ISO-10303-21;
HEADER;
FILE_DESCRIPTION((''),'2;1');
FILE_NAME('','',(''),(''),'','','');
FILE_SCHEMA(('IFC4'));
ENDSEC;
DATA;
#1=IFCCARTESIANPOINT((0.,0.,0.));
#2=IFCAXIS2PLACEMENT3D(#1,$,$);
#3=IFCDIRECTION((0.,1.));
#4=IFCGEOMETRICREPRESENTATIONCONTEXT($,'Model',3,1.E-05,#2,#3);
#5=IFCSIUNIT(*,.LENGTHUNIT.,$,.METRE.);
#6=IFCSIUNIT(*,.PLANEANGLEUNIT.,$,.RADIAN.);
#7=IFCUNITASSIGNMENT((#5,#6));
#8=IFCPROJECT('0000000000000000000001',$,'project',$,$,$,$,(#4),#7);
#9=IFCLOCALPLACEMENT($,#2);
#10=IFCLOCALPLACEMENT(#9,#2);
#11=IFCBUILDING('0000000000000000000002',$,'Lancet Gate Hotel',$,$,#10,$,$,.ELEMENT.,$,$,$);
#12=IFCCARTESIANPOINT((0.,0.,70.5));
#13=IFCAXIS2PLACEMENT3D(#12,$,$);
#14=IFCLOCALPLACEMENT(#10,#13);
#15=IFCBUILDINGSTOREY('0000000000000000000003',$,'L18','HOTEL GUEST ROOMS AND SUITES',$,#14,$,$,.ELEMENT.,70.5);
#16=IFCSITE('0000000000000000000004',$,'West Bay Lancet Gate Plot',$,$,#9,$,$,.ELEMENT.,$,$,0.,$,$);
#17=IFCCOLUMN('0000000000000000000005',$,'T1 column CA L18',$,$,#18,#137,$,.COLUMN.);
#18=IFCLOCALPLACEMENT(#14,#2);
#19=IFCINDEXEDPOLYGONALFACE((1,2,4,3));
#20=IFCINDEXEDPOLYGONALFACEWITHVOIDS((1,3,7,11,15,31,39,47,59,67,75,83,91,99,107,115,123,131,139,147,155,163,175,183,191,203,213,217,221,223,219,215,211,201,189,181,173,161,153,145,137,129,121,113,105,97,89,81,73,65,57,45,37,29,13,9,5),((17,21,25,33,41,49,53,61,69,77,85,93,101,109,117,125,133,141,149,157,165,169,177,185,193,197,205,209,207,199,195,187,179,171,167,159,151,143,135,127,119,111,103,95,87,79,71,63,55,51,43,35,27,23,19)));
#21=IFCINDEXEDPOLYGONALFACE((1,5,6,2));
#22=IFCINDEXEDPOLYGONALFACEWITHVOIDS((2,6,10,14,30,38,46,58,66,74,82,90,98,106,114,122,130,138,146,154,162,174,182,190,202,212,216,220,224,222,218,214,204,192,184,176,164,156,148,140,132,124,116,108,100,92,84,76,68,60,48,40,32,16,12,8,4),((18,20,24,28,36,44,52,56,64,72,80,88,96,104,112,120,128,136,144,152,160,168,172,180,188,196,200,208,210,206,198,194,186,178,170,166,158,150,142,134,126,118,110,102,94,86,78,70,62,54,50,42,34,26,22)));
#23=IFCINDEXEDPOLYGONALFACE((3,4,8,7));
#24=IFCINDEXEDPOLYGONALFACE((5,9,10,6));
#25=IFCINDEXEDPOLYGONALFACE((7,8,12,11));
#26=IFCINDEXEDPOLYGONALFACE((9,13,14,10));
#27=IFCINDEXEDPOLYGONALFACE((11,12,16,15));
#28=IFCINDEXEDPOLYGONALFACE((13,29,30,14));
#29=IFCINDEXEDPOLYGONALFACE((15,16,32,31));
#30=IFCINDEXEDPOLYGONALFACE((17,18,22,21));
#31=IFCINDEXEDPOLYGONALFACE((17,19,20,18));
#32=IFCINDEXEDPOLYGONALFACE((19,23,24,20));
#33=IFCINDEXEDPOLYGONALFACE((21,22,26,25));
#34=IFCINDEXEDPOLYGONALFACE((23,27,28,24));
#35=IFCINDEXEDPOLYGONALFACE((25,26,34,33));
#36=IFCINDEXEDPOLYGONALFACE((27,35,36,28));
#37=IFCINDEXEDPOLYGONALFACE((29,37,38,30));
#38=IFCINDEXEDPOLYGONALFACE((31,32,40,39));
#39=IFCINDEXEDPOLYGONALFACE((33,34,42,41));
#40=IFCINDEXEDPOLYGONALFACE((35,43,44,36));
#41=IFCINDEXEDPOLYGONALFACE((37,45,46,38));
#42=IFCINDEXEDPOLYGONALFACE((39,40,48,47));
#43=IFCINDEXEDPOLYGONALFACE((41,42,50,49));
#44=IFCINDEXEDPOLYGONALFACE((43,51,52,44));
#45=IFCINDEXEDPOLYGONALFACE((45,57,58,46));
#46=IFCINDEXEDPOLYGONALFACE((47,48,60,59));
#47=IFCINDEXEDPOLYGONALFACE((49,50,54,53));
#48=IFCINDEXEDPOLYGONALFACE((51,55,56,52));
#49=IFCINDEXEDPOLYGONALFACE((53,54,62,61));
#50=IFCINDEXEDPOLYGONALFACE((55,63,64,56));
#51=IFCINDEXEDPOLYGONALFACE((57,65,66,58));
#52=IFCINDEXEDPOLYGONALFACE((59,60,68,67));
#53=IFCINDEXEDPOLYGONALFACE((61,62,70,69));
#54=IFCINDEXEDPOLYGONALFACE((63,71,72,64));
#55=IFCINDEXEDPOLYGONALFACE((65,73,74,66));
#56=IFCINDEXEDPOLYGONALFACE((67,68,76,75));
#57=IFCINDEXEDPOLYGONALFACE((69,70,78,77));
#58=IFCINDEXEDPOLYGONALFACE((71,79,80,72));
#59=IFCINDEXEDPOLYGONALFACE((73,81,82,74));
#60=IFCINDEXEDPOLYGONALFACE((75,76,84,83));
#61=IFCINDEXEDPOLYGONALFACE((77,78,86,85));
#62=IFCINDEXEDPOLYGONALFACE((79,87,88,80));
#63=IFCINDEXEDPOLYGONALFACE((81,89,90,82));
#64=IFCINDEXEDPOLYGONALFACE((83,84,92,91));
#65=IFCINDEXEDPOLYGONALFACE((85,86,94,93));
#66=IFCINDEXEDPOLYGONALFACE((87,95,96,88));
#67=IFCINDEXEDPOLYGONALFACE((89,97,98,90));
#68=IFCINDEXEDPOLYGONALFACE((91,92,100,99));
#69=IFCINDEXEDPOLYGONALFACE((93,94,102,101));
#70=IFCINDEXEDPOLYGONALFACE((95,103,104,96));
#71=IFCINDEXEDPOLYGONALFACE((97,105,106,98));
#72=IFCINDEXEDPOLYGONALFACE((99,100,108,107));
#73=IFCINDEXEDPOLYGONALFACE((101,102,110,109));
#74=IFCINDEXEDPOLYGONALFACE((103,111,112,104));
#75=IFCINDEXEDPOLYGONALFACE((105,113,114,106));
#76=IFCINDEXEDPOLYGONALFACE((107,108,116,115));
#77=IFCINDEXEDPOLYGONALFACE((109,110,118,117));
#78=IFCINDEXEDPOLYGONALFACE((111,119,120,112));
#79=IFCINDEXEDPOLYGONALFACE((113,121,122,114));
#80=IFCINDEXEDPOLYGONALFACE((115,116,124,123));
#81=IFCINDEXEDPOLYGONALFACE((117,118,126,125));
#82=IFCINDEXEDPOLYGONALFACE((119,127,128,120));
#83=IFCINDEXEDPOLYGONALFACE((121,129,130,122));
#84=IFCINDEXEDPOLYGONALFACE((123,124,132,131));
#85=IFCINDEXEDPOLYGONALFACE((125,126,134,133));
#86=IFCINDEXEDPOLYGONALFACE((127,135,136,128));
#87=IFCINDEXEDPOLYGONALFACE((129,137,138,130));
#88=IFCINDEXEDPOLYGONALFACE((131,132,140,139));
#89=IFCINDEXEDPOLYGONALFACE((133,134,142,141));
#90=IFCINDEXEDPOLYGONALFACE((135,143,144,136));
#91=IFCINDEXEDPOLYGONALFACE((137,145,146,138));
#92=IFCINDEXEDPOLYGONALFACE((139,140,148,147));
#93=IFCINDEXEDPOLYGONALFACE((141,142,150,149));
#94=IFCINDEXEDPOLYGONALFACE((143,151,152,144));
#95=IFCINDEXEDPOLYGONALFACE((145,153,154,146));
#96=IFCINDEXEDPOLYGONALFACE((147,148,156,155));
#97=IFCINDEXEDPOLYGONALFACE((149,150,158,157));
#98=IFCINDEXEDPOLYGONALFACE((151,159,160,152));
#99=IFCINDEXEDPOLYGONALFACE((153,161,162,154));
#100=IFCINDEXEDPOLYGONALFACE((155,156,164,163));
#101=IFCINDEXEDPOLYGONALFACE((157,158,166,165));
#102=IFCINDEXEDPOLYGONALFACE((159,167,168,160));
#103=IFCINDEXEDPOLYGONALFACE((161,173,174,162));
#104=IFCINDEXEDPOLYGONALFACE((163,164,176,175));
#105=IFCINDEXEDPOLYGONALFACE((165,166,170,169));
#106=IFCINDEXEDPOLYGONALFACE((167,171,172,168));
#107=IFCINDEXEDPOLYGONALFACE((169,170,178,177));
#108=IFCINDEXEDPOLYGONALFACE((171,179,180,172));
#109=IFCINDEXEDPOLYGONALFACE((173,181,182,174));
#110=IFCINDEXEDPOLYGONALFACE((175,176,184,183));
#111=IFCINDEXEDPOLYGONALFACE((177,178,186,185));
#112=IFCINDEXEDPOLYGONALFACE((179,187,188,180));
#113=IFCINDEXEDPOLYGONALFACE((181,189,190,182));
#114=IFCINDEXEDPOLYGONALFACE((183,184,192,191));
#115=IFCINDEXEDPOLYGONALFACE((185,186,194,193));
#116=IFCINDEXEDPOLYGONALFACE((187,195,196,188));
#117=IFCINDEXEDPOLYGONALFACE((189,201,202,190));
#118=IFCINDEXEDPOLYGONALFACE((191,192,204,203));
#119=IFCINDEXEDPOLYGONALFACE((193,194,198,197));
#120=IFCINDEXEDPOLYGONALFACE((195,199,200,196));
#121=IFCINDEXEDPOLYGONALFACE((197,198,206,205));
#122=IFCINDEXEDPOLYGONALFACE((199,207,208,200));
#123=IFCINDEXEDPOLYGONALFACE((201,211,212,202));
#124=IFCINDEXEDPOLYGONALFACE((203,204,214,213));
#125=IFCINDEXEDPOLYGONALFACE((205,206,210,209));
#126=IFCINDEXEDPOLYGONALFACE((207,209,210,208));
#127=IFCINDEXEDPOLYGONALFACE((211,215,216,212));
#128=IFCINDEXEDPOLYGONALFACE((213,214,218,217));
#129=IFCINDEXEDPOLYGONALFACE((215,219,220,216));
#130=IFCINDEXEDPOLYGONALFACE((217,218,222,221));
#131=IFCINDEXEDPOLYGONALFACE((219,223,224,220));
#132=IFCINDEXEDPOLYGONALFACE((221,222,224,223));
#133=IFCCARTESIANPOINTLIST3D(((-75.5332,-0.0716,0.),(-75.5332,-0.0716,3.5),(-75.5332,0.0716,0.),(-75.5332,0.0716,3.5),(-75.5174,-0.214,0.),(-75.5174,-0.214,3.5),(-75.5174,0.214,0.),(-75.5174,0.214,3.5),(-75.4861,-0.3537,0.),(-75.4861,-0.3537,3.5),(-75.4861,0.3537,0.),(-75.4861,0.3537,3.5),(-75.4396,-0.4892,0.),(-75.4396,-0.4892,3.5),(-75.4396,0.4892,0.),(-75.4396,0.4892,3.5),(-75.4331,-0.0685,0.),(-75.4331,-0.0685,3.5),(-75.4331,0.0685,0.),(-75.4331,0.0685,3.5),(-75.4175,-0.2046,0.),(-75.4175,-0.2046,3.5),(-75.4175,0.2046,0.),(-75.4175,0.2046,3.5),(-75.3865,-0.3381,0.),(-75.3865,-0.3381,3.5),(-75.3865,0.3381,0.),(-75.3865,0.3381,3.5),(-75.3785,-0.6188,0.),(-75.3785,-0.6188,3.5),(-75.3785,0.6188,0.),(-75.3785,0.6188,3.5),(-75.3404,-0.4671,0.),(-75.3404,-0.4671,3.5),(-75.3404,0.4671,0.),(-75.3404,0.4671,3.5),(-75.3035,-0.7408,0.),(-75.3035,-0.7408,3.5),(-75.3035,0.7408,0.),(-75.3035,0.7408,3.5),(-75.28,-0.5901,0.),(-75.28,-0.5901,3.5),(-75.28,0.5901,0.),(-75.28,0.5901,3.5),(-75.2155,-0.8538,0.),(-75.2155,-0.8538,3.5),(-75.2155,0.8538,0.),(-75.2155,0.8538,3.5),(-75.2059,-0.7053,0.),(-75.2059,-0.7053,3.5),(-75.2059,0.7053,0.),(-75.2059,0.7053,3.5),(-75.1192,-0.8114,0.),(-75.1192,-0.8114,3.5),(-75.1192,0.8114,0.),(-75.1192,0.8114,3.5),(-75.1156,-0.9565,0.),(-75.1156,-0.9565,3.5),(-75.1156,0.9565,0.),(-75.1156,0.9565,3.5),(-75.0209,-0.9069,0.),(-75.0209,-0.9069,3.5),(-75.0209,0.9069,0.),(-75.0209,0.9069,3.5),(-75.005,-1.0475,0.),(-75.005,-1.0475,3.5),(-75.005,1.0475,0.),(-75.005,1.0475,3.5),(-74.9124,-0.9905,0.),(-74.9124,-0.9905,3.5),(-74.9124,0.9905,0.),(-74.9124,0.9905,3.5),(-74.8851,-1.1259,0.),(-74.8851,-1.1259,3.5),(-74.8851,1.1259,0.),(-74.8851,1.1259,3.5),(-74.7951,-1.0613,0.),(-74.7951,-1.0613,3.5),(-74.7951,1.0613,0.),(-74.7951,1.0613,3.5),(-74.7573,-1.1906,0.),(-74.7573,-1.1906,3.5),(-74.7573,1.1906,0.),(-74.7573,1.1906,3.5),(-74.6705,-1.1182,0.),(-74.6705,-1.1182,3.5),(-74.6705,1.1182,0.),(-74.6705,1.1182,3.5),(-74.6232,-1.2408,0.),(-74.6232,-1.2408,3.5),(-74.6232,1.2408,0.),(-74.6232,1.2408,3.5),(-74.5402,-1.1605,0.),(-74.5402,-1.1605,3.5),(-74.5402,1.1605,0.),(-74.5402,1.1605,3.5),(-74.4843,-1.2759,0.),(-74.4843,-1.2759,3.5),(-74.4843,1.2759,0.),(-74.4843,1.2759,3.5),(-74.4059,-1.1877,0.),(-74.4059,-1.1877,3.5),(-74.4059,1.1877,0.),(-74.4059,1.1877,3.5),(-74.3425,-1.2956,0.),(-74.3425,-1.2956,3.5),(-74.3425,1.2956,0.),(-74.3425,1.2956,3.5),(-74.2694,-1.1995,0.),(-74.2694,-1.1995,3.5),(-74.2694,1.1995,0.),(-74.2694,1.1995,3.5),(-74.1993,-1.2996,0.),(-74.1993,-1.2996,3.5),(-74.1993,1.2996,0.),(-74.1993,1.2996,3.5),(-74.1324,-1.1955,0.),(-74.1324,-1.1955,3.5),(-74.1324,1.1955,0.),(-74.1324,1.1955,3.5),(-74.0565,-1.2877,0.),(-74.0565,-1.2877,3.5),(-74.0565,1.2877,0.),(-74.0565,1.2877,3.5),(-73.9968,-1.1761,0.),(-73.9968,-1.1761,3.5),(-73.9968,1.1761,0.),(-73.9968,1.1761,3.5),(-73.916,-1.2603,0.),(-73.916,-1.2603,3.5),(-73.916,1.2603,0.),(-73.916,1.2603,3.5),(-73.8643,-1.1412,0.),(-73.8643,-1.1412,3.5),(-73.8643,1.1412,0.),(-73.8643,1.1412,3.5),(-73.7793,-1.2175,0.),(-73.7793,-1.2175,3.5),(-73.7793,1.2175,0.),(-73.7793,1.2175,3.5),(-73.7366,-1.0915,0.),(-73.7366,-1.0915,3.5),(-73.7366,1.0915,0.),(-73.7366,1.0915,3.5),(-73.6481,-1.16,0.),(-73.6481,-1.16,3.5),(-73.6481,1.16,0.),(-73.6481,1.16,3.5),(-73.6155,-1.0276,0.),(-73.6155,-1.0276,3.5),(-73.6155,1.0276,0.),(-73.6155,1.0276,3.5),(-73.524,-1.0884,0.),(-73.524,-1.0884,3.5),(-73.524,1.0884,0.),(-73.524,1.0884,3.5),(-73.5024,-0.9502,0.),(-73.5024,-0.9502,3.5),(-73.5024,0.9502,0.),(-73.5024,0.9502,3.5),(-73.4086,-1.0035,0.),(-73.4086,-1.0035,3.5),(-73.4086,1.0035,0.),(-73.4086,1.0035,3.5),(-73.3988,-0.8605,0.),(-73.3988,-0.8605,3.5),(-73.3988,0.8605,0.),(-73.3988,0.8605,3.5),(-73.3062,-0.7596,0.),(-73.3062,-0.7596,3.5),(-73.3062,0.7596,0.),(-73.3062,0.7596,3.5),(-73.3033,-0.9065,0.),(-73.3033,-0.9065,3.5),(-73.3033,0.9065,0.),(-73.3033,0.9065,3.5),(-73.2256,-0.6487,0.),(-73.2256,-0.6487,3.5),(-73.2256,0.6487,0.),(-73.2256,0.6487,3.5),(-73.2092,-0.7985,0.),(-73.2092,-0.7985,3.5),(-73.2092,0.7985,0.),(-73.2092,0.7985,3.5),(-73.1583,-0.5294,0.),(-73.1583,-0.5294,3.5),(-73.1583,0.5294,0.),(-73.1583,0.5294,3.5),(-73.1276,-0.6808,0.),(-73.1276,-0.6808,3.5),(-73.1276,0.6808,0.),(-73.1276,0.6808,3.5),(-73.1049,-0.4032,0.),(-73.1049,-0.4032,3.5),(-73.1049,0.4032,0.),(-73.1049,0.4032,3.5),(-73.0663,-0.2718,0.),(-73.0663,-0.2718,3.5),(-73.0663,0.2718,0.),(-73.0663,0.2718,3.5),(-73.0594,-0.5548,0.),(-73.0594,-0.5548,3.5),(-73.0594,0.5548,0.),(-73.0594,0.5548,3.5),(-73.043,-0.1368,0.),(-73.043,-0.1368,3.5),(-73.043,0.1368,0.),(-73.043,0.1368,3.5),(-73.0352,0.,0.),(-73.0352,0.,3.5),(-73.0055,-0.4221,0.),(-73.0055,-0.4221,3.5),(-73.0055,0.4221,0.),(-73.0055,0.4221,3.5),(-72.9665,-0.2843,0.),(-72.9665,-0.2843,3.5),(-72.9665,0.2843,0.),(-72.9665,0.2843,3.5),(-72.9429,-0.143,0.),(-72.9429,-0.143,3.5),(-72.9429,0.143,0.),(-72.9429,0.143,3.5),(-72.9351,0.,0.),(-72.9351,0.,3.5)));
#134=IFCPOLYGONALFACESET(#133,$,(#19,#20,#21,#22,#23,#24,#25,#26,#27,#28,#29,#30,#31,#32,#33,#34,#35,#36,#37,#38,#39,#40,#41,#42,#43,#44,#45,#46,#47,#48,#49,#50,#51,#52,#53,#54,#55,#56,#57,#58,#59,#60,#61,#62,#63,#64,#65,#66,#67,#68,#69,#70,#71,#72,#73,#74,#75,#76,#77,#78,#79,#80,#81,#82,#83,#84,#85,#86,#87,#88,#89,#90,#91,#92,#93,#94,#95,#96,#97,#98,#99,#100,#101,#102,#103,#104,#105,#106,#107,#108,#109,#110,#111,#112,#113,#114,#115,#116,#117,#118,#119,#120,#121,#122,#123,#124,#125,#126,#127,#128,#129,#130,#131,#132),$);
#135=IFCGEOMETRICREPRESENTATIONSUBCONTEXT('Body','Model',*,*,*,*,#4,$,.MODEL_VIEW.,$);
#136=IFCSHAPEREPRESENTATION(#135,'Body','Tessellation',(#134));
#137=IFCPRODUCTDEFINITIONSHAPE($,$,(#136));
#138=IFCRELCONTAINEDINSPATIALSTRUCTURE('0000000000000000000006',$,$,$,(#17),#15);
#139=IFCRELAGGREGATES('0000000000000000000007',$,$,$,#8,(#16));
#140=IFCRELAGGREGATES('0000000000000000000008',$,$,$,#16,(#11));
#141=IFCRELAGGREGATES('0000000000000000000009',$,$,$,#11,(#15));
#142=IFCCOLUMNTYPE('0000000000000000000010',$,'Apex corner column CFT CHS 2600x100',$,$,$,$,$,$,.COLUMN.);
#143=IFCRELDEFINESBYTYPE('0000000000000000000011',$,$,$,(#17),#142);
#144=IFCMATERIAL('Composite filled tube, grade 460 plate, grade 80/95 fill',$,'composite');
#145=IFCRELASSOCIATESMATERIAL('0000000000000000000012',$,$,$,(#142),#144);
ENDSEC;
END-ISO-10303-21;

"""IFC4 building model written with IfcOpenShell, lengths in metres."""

from ifc_helpers import new_model, si_unit, direction, frame, origin, origin_2d, place, context, subcontext, project, spatial, hollow_circle, extrude, material, material_profile, profile_set, type_object, element, save


model = new_model("IFC4")

# Units and contexts
model_context = context("Model", 3, precision=1e-05, world=origin(), true_north=direction((0.0, 1.0)))
body_context = subcontext(model_context, "Body", "Model", "MODEL_VIEW")
ifc_project = project(units=[si_unit("LENGTHUNIT", "METRE"), si_unit("PLANEANGLEUNIT", "RADIAN")], contexts=[model_context])

# Site, building, storey
site_placement = place(None, origin())
site = spatial("IfcSite", under=ifc_project, at=site_placement, Name="West Bay Lancet Gate Plot", CompositionType="ELEMENT", RefElevation=0.0)
building_placement = place(site_placement, origin())
building = spatial("IfcBuilding", under=site, at=building_placement, Name="Lancet Gate Hotel", CompositionType="ELEMENT")
storey_placement = place(building_placement, frame((0.0, 0.0, 70.5)))
storey = spatial("IfcBuildingStorey", under=building, at=storey_placement, Name="L18", Description="HOTEL GUEST ROOMS AND SUITES", CompositionType="ELEMENT", Elevation=70.5)

# Column
ifc_material_1 = material(Name="Composite filled tube, grade 460 plate, grade 80/95 fill", Category="composite")
ifc_material_profile_1 = material_profile(ifc_material_1, hollow_circle(Radius=1.3, WallThickness=0.1001, at=origin_2d()), Name="CHS 2600x100")
ifc_profile_set_1 = profile_set([ifc_material_profile_1], Name="Composite filled tube, grade 460 plate, grade 80/95 fill")
column_type_1 = type_object("IfcColumnType", Name="Apex corner column CFT CHS 2600x100", PredefinedType="COLUMN", material=ifc_profile_set_1)
column_1_placement = place(storey_placement, frame((-74.2351, 0.0, 0.0), z_axis=(0.0, 0.0, 1.0), x_axis=(1.0, 0.0, 0.0)))
element("IfcColumn", 1, at=column_1_placement, inside=storey, type_object=column_type_1, Name="T1 column CA L18", PredefinedType="COLUMN", context=body_context, shape_type="SweptSolid", body=[
    extrude(hollow_circle(Radius=1.3, WallThickness=0.1001, at=origin_2d()), origin(), (0.0, 0.0, 1.0), 3.5),
])

save(model, "model.ifc")
